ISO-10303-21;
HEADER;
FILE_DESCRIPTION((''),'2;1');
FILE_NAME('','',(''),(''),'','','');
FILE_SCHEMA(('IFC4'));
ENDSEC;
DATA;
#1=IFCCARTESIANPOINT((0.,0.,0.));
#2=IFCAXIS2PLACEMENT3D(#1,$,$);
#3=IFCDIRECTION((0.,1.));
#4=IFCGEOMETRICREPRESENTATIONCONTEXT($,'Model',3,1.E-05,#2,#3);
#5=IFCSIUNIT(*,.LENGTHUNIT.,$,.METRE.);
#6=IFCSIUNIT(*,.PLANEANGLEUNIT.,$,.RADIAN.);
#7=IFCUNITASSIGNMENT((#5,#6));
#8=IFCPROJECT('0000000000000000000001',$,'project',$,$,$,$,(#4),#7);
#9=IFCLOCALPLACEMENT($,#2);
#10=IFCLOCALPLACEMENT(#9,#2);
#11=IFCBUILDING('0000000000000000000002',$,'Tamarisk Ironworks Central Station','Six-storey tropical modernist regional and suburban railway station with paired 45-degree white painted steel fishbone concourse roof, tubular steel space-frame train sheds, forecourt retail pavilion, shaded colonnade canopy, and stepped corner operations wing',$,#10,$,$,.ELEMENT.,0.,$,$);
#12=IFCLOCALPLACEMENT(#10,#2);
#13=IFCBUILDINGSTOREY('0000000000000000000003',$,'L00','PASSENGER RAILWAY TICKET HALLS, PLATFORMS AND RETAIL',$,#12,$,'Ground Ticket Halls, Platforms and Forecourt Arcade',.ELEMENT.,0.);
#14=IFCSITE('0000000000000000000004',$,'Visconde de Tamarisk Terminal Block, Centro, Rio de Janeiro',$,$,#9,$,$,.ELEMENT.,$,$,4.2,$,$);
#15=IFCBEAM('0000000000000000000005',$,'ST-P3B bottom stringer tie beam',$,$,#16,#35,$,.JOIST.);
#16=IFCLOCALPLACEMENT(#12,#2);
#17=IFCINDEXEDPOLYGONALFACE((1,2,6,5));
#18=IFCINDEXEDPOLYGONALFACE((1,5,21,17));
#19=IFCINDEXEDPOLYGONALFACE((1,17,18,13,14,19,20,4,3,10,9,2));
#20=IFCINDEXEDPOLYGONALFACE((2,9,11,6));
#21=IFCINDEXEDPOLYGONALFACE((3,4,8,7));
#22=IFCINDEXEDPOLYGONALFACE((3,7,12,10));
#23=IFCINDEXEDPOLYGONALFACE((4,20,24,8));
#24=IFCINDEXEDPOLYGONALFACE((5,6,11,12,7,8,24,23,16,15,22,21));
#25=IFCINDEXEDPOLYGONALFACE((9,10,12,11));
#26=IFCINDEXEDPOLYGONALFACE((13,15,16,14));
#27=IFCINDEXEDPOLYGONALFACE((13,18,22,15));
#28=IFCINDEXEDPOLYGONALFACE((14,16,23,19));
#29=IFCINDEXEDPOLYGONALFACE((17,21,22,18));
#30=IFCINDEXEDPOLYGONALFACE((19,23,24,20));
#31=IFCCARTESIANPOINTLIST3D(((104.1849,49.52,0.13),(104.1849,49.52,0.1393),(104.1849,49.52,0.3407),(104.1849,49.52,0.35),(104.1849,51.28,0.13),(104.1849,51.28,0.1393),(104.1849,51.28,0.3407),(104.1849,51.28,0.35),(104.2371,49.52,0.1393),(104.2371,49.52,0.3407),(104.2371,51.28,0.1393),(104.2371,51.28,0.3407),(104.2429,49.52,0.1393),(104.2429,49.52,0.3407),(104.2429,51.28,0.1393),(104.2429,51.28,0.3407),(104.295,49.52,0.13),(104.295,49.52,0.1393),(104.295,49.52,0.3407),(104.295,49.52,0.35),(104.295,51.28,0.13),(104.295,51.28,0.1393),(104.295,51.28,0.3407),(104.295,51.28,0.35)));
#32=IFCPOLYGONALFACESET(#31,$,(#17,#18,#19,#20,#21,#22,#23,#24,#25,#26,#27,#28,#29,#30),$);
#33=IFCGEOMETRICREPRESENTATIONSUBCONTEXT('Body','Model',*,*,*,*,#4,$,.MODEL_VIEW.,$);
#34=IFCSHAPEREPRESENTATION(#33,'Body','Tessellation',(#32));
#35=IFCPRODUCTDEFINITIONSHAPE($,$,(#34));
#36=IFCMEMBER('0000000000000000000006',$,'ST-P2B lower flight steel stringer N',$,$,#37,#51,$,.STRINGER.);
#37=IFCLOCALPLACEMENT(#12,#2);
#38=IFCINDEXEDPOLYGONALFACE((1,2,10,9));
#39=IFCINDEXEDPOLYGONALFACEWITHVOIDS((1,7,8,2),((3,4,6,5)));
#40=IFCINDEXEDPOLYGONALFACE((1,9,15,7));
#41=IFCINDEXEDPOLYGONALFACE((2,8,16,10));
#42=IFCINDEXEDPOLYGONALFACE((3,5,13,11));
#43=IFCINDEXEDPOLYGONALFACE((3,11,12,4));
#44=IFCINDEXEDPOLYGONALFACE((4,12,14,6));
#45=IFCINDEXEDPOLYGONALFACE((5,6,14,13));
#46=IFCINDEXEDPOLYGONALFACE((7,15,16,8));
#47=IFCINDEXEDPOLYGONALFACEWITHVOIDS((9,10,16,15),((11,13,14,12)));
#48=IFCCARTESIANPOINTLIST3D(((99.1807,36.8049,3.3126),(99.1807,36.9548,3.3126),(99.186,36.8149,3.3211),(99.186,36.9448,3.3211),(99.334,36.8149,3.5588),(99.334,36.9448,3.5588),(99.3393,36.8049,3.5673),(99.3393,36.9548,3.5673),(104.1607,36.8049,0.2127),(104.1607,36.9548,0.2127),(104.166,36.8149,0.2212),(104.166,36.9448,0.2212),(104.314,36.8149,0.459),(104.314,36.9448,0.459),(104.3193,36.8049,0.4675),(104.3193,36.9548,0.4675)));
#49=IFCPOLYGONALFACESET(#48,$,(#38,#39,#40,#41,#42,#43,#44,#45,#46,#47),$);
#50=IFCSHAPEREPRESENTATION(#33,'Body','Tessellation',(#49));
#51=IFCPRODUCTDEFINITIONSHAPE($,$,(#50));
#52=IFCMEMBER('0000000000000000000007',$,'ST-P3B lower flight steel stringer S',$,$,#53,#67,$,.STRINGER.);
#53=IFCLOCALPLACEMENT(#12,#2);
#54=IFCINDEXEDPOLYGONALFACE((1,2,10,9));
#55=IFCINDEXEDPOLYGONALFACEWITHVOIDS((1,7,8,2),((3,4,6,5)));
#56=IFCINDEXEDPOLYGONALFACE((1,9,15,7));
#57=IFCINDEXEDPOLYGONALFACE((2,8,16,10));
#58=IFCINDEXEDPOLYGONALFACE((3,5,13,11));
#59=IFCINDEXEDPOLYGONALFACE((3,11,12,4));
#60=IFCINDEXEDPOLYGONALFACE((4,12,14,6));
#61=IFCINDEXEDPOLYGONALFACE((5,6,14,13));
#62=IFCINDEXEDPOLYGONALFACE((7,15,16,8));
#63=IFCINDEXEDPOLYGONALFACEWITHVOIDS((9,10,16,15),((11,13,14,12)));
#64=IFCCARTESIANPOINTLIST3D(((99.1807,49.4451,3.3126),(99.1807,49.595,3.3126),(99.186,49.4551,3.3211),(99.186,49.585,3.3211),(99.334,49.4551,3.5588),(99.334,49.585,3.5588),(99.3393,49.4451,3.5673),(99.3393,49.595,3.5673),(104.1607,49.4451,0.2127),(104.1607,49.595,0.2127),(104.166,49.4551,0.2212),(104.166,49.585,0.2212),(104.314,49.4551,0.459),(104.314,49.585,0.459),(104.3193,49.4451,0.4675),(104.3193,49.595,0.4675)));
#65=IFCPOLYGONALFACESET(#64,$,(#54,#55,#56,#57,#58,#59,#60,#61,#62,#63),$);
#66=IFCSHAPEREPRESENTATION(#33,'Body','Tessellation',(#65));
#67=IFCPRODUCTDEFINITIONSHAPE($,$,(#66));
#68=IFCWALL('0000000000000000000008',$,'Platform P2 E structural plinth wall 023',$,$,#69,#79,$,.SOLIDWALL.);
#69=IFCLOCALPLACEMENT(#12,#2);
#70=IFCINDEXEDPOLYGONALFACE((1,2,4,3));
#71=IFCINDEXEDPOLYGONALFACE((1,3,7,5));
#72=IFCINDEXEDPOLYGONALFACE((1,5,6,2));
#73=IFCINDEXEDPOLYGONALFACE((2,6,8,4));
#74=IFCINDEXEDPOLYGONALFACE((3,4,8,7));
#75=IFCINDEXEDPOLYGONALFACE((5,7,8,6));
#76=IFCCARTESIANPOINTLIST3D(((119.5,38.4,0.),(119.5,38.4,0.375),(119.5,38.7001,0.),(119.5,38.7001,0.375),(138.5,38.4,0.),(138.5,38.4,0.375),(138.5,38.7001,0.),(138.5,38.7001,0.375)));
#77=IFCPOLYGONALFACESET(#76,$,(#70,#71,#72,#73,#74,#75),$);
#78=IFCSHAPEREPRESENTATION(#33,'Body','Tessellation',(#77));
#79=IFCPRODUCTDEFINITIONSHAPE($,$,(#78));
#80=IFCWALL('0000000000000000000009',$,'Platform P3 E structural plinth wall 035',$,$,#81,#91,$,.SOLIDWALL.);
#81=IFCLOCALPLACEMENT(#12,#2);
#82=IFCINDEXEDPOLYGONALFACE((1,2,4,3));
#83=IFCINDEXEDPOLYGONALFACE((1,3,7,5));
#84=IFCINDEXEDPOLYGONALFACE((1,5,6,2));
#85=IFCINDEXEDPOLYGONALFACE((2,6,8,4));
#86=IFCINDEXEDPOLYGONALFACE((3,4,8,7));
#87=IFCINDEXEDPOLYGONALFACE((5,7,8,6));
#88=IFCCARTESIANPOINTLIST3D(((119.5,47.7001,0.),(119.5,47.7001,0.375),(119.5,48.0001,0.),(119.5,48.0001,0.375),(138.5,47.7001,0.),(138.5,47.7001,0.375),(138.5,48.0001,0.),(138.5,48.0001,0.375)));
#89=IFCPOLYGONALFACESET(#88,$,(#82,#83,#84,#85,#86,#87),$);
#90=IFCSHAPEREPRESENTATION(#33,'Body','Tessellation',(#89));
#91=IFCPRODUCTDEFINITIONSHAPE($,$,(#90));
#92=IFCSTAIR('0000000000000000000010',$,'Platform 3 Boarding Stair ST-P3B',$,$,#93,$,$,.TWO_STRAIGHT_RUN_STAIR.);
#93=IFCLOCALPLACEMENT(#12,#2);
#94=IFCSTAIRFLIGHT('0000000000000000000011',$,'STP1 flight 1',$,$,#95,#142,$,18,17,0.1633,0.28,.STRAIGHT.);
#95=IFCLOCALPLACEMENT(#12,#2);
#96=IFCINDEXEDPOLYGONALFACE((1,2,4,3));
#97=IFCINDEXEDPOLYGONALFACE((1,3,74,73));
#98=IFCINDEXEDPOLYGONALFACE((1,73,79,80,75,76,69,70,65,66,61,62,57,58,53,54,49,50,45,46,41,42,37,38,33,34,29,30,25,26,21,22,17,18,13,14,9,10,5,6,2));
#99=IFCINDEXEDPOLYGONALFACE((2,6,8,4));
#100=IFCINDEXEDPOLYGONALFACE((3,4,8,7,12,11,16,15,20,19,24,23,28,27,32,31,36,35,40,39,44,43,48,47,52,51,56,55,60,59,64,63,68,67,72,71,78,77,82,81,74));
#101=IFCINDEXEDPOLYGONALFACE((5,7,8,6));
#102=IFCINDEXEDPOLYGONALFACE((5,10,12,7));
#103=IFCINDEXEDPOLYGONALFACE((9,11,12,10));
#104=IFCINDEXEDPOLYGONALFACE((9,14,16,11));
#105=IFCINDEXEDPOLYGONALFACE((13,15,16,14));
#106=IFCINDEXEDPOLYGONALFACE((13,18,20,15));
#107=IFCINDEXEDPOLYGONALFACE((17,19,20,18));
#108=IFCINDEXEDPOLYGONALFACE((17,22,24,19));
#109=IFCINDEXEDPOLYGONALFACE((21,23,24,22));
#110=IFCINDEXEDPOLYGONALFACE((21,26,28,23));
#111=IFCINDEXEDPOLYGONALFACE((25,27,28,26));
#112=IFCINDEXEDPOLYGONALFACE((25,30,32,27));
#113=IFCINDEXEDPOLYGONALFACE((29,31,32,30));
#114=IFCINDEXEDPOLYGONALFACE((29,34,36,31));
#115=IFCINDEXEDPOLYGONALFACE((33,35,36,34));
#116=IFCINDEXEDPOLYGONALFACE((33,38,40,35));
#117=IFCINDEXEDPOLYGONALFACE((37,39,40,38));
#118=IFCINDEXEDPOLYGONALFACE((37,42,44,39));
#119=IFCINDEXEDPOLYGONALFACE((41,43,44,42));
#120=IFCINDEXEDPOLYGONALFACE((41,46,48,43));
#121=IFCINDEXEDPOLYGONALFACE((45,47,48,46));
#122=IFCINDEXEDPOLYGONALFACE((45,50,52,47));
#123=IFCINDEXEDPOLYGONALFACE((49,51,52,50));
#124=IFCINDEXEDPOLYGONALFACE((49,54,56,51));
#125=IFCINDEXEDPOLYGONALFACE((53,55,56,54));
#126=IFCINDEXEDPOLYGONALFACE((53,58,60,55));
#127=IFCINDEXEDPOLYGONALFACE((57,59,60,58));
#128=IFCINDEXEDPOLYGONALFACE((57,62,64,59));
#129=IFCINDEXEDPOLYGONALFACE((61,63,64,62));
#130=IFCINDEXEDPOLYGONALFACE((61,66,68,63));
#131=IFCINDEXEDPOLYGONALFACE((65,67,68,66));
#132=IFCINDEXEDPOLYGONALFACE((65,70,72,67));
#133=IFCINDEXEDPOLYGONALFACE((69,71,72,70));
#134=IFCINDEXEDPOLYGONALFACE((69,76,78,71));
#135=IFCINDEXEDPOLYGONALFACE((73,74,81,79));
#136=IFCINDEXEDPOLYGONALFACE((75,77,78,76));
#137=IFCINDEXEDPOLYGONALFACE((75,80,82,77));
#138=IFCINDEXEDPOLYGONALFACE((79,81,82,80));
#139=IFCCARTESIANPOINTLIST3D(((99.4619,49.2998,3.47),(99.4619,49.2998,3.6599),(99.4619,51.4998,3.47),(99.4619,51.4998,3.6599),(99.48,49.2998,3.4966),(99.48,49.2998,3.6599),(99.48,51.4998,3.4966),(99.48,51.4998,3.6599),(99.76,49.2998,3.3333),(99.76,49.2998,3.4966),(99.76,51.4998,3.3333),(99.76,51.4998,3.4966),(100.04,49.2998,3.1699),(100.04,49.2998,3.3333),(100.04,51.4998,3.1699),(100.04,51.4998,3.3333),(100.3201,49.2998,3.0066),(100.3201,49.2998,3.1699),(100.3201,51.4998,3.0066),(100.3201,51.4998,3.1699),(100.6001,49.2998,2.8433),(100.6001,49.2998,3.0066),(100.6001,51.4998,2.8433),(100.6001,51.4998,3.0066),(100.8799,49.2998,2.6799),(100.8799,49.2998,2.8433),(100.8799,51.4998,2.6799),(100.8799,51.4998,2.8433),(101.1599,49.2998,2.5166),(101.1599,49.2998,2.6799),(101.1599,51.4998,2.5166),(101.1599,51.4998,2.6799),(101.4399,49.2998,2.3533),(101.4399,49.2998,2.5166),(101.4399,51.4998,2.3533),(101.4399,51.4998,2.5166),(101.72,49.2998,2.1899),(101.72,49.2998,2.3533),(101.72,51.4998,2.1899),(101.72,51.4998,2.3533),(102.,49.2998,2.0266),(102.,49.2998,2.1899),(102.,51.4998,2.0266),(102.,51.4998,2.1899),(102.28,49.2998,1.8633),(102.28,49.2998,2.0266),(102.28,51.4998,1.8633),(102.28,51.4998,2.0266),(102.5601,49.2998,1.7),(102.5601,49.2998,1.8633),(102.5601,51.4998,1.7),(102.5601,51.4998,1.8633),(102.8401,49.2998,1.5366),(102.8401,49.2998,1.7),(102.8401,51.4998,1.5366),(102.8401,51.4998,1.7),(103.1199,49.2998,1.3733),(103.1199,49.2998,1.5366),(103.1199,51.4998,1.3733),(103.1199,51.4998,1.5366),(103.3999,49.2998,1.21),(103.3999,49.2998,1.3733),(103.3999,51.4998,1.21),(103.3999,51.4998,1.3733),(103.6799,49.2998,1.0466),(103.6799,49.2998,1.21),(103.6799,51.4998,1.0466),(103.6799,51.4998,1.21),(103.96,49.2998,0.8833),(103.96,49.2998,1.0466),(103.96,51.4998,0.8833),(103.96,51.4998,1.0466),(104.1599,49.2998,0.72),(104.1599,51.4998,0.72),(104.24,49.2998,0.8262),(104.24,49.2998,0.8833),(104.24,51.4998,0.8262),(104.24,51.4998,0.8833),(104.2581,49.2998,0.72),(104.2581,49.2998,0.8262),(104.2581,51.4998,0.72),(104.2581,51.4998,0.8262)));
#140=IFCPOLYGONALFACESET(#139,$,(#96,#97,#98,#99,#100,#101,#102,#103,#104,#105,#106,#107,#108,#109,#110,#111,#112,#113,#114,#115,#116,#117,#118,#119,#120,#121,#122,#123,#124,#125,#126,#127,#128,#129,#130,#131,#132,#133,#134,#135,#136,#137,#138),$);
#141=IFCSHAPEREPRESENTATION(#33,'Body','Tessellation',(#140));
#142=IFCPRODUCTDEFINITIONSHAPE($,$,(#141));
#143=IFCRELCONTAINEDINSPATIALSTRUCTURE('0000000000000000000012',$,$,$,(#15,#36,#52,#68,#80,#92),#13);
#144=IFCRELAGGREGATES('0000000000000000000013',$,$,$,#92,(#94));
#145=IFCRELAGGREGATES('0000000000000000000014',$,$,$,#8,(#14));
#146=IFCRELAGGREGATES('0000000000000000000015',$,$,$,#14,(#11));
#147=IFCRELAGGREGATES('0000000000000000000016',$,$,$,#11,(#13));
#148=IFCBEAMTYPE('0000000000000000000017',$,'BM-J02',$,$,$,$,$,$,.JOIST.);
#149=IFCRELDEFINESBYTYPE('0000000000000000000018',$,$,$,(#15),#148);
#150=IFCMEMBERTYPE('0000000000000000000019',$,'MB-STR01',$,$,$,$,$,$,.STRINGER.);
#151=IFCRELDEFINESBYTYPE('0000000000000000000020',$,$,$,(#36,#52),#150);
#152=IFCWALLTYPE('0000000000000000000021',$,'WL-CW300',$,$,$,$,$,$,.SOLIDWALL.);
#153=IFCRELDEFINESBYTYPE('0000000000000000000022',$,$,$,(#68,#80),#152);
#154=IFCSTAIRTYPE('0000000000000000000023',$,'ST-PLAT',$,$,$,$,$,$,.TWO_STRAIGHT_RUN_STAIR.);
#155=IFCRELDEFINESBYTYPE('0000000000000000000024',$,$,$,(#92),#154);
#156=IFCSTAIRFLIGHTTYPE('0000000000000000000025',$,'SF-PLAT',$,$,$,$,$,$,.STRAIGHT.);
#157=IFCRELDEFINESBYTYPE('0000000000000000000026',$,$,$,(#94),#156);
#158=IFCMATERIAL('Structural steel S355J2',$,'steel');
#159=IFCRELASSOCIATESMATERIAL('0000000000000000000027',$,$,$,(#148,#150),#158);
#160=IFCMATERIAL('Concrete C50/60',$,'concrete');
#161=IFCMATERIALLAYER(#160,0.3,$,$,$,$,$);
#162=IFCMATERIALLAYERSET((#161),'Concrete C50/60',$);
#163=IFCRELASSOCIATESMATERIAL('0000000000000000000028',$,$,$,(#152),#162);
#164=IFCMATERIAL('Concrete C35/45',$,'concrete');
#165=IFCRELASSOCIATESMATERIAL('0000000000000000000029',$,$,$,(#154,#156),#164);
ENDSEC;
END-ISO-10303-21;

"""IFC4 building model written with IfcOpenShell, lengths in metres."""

from ifc_helpers import new_model, si_unit, direction, frame, frame_2d, origin, origin_2d, place, context, subcontext, project, spatial, polyline, rectangle, hollow_rectangle, i_section, outline, extrude, material, layer, layer_set, material_profile, profile_set, type_object, element, aggregate, save


model = new_model("IFC4")

# Units and contexts
model_context = context("Model", 3, precision=1e-05, world=origin(), true_north=direction((0.0, 1.0)))
body_context = subcontext(model_context, "Body", "Model", "MODEL_VIEW")
ifc_project = project(units=[si_unit("LENGTHUNIT", "METRE"), si_unit("PLANEANGLEUNIT", "RADIAN")], contexts=[model_context])

# Site, building, storey
site_placement = place(None, origin())
site = spatial("IfcSite", under=ifc_project, at=site_placement, Name="Visconde de Tamarisk Terminal Block, Centro, Rio de Janeiro", CompositionType="ELEMENT", RefElevation=4.2)
building_placement = place(site_placement, origin())
building = spatial("IfcBuilding", under=site, at=building_placement, Name="Tamarisk Ironworks Central Station", Description="Six-storey tropical modernist regional and suburban railway station with paired 45-degree white painted steel fishbone concourse roof, tubular steel space-frame train sheds, forecourt retail pavilion, shaded colonnade canopy, and stepped corner operations wing", CompositionType="ELEMENT", ElevationOfRefHeight=0.0)
storey_placement = place(building_placement, origin())
storey = spatial("IfcBuildingStorey", under=building, at=storey_placement, Name="L00", Description="PASSENGER RAILWAY TICKET HALLS, PLATFORMS AND RETAIL", LongName="Ground Ticket Halls, Platforms and Forecourt Arcade", CompositionType="ELEMENT", Elevation=0.0)

# Shared definitions
ifc_material_1 = material(Name="Structural steel S355J2", Category="steel")

# Beam
ifc_material_profile_1 = material_profile(ifc_material_1, i_section(OverallWidth=0.1101, OverallDepth=0.22, WebThickness=0.0059, FlangeThickness=0.0093, at=origin_2d()), Name="IPE 220")
ifc_profile_set_1 = profile_set([ifc_material_profile_1], Name="Structural steel S355J2")
beam_type = type_object("IfcBeamType", Name="BM-J02", PredefinedType="JOIST", material=ifc_profile_set_1)
beam_placement = place(storey_placement, frame((104.24, 49.52, 0.24), z_axis=(0.0, 1.0, 0.0), x_axis=(-1.0, 0.0, 0.0)))
element("IfcBeam", 1, at=beam_placement, inside=storey, type_object=beam_type, Name="ST-P3B bottom stringer tie beam", PredefinedType="JOIST", context=body_context, shape_type="SweptSolid", body=[
    extrude(i_section(OverallWidth=0.1101, OverallDepth=0.22, WebThickness=0.0059, FlangeThickness=0.0093, at=origin_2d()), origin(), (0.0, 0.0, 1.0), 1.76),
])

# Members
ifc_material_profile_2 = material_profile(ifc_material_1, hollow_rectangle(XDim=0.1499, YDim=0.3, WallThickness=0.01, at=origin_2d()), Name="RHS 300x150x10")
ifc_profile_set_2 = profile_set([ifc_material_profile_2], Name="Structural steel S355J2")
member_type = type_object("IfcMemberType", Name="MB-STR01", PredefinedType="STRINGER", material=ifc_profile_set_2)
for number, where, z_axis, x_axis, name in (
    (2, (104.24, 36.8799, 0.3401), (-0.848965, 0.0, 0.528449), (0.0, -1.0, 0.0), "ST-P2B lower flight steel stringer N"),
    (3, (104.24, 49.52, 0.3401), (-0.848965, 0.0, 0.528449), (0.0, -1.0, 0.0), "ST-P3B lower flight steel stringer S"),
):
    element("IfcMember", number, at=place(storey_placement, frame(where, z_axis=z_axis, x_axis=x_axis)), inside=storey, type_object=member_type, Name=name, PredefinedType="STRINGER", context=body_context, shape_type="SweptSolid", body=[
        extrude(hollow_rectangle(XDim=0.1499, YDim=0.3, WallThickness=0.01, at=origin_2d()), origin(), (0.0, 0.0, 1.0), 5.866),
    ])

# Walls
ifc_material_2 = material(Name="Concrete C50/60", Category="concrete")
ifc_layer = layer(ifc_material_2, 0.3)
ifc_layer_set = layer_set([ifc_layer], Name="Concrete C50/60")
wall_type = type_object("IfcWallType", Name="WL-CW300", PredefinedType="SOLIDWALL", material=ifc_layer_set)
for number, where, z_axis, x_axis, name in (
    (4, (119.5, 38.55, 0.0), (0.0, 0.0, 1.0), (1.0, 0.0, 0.0), "Platform P2 E structural plinth wall 023"),
    (5, (119.5, 47.8501, 0.0), (0.0, 0.0, 1.0), (1.0, 0.0, 0.0), "Platform P3 E structural plinth wall 035"),
):
    element("IfcWall", number, at=place(storey_placement, frame(where, z_axis=z_axis, x_axis=x_axis)), inside=storey, type_object=wall_type, Name=name, PredefinedType="SOLIDWALL", context=body_context, shape_type="SweptSolid", body=[
        extrude(rectangle(XDim=19.0, YDim=0.3, at=frame_2d((9.5, 0.0))), origin(), (0.0, 0.0, 1.0), 0.375),
    ])

# Stair, stair flight
ifc_material_3 = material(Name="Concrete C35/45", Category="concrete")
stair_type = type_object("IfcStairType", Name="ST-PLAT", PredefinedType="TWO_STRAIGHT_RUN_STAIR", material=ifc_material_3)
stair_placement = place(storey_placement, origin())
stair = element("IfcStair", 6, at=stair_placement, inside=storey, type_object=stair_type, Name="Platform 3 Boarding Stair ST-P3B", PredefinedType="TWO_STRAIGHT_RUN_STAIR")
stair_flight_type = type_object("IfcStairFlightType", Name="SF-PLAT", PredefinedType="STRAIGHT", material=ifc_material_3)
stair_flight_placement = place(storey_placement, frame((104.24, 50.3999, 0.72), z_axis=(0.0, 0.0, 1.0), x_axis=(-1.0, 0.0, 0.0)))
stair_flight = element("IfcStairFlight", 7, at=stair_flight_placement, type_object=stair_flight_type, Name="STP1 flight 1", NumberOfRisers=18, NumberOfTreads=17, PredefinedType="STRAIGHT", RiserHeight=0.1633, TreadLength=0.28, context=body_context, shape_type="SweptSolid", body=[
    extrude(outline(polyline([(-0.0181, 0.0), (-0.0181, 0.1062), (0.0, 0.1062), (0.0, 0.1633), (0.28, 0.1633), (0.28, 0.3267), (0.5601, 0.3267), (0.5601, 0.49), (0.8401, 0.49), (0.8401, 0.6533), (1.1201, 0.6533), (1.1201, 0.8167), (1.3999, 0.8167), (1.3999, 0.98), (1.6799, 0.98), (1.6799, 1.1433), (1.96, 1.1433), (1.96, 1.3066), (2.24, 1.3066), (2.24, 1.47), (2.52, 1.47), (2.52, 1.6333), (2.8, 1.6333), (2.8, 1.7966), (3.0801, 1.7966), (3.0801, 1.96), (3.3601, 1.96), (3.3601, 2.1233), (3.6399, 2.1233), (3.6399, 2.2866), (3.9199, 2.2866), (3.9199, 2.45), (4.2, 2.45), (4.2, 2.6133), (4.48, 2.6133), (4.48, 2.7766), (4.76, 2.7766), (4.76, 2.9399), (4.7781, 2.9399), (4.7781, 2.75), (0.0801, 0.0), (-0.0181, 0.0)])), frame((0.0, 1.1001, 0.0), z_axis=(0.0, -1.0, 0.0), x_axis=(1.0, 0.0, 0.0)), (0.0, 0.0, 1.0), 2.2),
])
aggregate(stair, [stair_flight])

save(model, "model.ifc")
